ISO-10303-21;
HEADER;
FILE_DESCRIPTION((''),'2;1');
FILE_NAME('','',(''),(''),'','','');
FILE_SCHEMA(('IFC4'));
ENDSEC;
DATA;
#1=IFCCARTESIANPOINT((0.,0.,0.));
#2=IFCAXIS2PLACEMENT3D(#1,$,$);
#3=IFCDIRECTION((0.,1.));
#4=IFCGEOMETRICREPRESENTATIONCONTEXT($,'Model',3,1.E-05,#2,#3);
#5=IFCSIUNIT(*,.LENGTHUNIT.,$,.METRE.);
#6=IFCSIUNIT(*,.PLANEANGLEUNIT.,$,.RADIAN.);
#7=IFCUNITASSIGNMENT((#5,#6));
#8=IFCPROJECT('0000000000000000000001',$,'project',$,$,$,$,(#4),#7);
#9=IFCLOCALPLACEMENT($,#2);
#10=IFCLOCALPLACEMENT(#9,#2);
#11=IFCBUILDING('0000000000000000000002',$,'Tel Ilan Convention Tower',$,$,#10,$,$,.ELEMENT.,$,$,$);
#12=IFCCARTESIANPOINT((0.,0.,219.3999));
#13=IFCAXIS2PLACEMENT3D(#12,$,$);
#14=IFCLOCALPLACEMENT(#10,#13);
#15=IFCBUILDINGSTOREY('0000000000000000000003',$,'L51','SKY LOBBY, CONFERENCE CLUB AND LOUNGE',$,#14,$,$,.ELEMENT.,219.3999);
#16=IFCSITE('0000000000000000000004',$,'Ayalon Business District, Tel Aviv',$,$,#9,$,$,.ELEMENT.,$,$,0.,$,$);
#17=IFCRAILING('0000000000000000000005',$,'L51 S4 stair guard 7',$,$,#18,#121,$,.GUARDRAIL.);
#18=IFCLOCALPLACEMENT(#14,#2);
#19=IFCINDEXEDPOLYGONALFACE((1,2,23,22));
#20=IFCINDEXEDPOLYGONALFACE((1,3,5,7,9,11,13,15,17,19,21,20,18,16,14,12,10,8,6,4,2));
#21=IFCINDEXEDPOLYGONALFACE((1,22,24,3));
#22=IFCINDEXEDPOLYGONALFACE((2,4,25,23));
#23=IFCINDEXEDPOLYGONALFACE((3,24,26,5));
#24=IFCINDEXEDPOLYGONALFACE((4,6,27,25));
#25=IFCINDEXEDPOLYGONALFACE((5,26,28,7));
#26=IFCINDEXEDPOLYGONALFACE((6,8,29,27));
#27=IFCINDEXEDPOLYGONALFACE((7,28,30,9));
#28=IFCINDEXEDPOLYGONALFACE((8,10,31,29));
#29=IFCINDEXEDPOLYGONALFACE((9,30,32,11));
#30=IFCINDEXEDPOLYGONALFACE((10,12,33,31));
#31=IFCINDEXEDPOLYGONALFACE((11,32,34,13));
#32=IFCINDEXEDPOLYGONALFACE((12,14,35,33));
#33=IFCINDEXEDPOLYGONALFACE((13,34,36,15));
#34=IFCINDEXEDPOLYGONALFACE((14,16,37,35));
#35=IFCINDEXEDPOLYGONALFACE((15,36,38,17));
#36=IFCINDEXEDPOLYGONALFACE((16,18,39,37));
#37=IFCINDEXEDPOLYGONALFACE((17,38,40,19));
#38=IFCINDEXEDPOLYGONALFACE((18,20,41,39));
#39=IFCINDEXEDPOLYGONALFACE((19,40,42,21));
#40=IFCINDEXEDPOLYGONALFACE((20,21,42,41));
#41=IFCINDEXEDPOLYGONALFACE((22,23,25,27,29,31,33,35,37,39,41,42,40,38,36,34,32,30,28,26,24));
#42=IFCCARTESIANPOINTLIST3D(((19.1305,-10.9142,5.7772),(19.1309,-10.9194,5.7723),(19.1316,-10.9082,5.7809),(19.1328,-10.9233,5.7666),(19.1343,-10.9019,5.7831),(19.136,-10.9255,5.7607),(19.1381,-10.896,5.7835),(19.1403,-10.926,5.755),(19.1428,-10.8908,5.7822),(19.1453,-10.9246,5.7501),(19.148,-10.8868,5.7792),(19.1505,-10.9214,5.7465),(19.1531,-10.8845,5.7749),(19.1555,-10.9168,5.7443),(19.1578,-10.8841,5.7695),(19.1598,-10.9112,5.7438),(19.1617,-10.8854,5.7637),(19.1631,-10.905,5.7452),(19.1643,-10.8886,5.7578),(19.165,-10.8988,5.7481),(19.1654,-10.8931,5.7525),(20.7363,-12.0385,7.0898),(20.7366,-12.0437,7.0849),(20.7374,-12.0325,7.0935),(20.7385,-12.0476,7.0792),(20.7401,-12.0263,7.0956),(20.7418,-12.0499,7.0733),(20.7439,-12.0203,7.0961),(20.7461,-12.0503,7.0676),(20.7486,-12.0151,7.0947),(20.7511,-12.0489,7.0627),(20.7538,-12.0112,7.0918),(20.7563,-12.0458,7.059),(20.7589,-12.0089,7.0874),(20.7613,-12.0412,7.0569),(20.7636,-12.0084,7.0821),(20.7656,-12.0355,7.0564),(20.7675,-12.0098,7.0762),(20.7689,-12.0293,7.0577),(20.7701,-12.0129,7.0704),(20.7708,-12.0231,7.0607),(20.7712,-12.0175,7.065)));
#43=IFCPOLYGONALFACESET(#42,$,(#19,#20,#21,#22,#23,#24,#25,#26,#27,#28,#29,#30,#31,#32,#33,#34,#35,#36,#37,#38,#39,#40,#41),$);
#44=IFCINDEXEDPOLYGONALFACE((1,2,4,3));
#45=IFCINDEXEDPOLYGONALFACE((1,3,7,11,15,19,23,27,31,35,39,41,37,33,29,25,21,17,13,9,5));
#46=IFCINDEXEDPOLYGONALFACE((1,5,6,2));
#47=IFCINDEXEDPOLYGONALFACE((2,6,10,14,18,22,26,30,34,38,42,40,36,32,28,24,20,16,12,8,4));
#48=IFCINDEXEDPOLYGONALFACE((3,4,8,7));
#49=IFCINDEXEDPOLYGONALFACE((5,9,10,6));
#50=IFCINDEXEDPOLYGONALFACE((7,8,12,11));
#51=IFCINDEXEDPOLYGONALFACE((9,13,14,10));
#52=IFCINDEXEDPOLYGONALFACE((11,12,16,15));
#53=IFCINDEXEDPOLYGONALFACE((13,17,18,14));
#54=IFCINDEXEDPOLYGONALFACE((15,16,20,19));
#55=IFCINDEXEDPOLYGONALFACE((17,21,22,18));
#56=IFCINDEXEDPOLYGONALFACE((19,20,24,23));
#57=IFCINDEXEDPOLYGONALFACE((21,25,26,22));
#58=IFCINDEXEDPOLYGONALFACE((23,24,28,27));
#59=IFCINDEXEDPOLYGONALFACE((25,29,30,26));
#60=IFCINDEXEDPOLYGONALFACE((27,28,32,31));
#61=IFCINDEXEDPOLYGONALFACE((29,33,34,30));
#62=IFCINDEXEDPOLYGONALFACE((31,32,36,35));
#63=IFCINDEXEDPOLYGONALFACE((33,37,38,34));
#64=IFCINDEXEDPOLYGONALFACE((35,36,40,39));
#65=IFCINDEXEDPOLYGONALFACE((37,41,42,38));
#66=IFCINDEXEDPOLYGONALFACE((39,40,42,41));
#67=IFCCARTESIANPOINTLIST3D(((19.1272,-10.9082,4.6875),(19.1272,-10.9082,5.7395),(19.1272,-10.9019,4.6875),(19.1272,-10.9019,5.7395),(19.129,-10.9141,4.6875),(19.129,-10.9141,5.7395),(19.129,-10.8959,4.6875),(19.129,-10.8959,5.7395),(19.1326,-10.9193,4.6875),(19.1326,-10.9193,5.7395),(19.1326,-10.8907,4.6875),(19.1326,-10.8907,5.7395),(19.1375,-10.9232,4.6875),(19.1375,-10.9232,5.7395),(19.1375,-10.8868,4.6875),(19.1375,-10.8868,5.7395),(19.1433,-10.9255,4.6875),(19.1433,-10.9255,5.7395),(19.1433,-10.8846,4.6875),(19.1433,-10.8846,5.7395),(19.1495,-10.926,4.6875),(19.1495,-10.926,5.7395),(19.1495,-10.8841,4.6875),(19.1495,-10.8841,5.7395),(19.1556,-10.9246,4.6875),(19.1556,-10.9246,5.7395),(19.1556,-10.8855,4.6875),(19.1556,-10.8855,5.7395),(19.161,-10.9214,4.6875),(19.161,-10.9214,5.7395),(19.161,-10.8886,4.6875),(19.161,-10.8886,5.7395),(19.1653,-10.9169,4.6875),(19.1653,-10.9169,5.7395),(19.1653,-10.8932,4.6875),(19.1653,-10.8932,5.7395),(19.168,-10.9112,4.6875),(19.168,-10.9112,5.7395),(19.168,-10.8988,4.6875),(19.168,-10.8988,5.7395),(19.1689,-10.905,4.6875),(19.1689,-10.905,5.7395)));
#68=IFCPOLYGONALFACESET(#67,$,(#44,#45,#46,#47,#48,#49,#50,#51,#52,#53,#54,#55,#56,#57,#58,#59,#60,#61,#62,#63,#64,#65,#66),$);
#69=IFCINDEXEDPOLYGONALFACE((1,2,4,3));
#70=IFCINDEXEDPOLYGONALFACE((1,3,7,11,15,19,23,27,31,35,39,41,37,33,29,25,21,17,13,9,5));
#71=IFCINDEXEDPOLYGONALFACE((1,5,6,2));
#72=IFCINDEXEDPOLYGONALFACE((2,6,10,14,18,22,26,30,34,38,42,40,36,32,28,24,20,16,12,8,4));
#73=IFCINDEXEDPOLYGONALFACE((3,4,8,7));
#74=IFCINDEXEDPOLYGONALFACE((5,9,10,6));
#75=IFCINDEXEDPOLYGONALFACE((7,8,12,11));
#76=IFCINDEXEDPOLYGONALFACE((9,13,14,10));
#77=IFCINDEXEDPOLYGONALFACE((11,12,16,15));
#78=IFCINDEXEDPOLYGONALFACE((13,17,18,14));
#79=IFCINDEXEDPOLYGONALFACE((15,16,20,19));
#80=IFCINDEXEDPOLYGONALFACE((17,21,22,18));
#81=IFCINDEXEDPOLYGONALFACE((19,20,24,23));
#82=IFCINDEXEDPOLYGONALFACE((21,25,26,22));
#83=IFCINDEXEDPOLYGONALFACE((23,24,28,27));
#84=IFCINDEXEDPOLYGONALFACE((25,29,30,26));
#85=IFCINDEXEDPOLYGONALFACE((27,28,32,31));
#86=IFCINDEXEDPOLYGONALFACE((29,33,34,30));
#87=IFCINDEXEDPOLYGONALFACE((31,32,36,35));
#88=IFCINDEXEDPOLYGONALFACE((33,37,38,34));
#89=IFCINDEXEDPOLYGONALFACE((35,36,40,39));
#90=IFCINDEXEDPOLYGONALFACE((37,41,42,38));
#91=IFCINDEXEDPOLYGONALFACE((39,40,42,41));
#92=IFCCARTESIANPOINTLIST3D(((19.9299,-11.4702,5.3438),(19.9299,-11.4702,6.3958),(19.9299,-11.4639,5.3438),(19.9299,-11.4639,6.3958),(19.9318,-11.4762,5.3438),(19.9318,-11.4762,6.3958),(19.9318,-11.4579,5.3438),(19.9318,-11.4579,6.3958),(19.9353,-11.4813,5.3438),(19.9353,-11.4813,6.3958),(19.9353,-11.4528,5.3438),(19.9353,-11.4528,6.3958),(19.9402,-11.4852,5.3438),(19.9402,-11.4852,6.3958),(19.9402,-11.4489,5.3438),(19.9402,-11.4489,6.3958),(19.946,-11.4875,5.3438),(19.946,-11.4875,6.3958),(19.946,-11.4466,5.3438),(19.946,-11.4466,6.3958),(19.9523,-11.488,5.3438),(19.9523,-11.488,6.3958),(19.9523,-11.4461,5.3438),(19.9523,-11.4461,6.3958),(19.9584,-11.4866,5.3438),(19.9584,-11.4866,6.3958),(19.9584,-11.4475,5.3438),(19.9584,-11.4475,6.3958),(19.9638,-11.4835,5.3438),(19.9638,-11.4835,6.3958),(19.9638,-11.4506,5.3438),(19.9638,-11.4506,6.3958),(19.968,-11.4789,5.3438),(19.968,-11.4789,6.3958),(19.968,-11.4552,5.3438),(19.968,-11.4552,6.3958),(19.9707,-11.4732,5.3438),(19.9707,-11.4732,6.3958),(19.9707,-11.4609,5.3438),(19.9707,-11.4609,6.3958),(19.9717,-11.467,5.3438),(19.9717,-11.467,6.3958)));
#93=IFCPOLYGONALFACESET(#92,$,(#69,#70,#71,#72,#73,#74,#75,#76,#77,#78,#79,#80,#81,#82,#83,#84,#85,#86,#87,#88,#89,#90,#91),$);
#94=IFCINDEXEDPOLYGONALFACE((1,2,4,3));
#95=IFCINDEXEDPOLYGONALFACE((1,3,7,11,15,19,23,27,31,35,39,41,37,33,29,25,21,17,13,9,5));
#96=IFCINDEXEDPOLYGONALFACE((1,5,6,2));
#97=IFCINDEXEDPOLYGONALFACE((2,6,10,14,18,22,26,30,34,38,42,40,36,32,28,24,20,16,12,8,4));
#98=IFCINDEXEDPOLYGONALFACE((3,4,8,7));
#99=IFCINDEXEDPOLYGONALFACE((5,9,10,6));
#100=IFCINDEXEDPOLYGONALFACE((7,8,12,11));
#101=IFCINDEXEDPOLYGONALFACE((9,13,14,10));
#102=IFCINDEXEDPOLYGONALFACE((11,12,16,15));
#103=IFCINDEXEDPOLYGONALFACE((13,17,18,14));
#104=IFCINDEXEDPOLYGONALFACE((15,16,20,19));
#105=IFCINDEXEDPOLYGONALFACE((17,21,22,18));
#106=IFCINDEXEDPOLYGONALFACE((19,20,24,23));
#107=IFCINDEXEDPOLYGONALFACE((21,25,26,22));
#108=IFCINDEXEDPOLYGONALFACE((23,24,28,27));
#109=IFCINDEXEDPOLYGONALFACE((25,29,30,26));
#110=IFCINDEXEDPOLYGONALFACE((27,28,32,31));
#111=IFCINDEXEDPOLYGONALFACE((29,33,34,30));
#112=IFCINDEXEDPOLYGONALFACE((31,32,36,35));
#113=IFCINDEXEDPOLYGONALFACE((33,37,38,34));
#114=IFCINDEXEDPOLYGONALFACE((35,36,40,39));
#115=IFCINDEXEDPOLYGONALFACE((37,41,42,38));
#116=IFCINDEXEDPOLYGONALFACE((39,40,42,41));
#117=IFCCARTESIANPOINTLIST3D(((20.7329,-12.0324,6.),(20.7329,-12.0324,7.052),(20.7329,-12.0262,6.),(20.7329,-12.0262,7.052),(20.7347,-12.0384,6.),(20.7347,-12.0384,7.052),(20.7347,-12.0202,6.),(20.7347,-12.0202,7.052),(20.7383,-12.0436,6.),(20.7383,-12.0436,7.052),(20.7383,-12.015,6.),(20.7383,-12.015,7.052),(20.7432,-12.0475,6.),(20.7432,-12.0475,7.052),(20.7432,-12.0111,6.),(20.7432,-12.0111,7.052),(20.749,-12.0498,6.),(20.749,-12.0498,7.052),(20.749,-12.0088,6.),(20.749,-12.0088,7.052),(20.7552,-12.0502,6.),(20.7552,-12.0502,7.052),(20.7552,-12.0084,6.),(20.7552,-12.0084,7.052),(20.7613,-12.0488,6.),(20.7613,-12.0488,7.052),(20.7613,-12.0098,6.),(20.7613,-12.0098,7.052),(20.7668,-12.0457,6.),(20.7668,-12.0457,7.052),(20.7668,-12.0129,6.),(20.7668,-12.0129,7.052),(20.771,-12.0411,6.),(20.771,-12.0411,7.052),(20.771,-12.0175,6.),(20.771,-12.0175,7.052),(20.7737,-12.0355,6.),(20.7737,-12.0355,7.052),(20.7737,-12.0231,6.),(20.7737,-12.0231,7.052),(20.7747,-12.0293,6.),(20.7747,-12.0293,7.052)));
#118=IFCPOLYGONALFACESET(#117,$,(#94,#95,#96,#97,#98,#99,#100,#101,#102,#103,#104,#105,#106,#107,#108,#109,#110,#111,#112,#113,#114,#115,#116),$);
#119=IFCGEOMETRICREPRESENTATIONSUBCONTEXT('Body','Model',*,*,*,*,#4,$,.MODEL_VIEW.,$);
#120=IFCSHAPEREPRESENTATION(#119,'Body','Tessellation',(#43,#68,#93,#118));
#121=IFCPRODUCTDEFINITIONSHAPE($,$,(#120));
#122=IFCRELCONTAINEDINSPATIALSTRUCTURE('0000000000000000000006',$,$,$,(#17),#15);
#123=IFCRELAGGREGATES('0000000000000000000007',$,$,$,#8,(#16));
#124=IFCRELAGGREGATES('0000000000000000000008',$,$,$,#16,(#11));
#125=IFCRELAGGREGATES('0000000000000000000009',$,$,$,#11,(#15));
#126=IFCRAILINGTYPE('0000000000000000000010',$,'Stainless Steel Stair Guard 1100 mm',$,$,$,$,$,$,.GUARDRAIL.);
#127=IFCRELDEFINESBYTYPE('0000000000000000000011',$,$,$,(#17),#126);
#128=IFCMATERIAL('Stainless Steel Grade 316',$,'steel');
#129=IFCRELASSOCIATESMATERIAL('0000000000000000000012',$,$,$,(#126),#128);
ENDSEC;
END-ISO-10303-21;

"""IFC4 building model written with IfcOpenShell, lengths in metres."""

from ifc_helpers import new_model, si_unit, direction, frame, origin, origin_2d, place, context, subcontext, project, spatial, circle, extrude, material, type_object, element, save


model = new_model("IFC4")

# Units and contexts
model_context = context("Model", 3, precision=1e-05, world=origin(), true_north=direction((0.0, 1.0)))
body_context = subcontext(model_context, "Body", "Model", "MODEL_VIEW")
ifc_project = project(units=[si_unit("LENGTHUNIT", "METRE"), si_unit("PLANEANGLEUNIT", "RADIAN")], contexts=[model_context])

# Site, building, storey
site_placement = place(None, origin())
site = spatial("IfcSite", under=ifc_project, at=site_placement, Name="Ayalon Business District, Tel Aviv", CompositionType="ELEMENT", RefElevation=0.0)
building_placement = place(site_placement, origin())
building = spatial("IfcBuilding", under=site, at=building_placement, Name="Tel Ilan Convention Tower", CompositionType="ELEMENT")
storey_placement = place(building_placement, frame((0.0, 0.0, 219.3999)))
storey = spatial("IfcBuildingStorey", under=building, at=storey_placement, Name="L51", Description="SKY LOBBY, CONFERENCE CLUB AND LOUNGE", CompositionType="ELEMENT", Elevation=219.3999)

# Railing
ifc_material_1 = material(Name="Stainless Steel Grade 316", Category="steel")
railing_type_1 = type_object("IfcRailingType", Name="Stainless Steel Stair Guard 1100 mm", PredefinedType="GUARDRAIL", material=ifc_material_1)
railing_1_placement = place(storey_placement, frame((19.1479, -10.905, 4.6875)))
element("IfcRailing", 1, at=railing_1_placement, inside=storey, type_object=railing_type_1, Name="L51 S4 stair guard 7", PredefinedType="GUARDRAIL", context=body_context, shape_type="SweptSolid", body=[
    extrude(circle(Radius=0.0239, at=origin_2d()), frame((0.0, 0.0, 1.0762), z_axis=(0.680671, -0.476584, 0.556376), x_axis=(0.573554, 0.819168, 0.0)), (0.0, 0.0, 1.0), 2.3591),
    extrude(circle(Radius=0.021, at=origin_2d()), origin(), (0.0, 0.0, 1.0), 1.052),
    extrude(circle(Radius=0.021, at=origin_2d()), frame((0.8027, -0.562, 0.6562)), (0.0, 0.0, 1.0), 1.052),
    extrude(circle(Radius=0.021, at=origin_2d()), frame((1.6057, -1.1243, 1.3125)), (0.0, 0.0, 1.0), 1.052),
])

save(model, "model.ifc")
